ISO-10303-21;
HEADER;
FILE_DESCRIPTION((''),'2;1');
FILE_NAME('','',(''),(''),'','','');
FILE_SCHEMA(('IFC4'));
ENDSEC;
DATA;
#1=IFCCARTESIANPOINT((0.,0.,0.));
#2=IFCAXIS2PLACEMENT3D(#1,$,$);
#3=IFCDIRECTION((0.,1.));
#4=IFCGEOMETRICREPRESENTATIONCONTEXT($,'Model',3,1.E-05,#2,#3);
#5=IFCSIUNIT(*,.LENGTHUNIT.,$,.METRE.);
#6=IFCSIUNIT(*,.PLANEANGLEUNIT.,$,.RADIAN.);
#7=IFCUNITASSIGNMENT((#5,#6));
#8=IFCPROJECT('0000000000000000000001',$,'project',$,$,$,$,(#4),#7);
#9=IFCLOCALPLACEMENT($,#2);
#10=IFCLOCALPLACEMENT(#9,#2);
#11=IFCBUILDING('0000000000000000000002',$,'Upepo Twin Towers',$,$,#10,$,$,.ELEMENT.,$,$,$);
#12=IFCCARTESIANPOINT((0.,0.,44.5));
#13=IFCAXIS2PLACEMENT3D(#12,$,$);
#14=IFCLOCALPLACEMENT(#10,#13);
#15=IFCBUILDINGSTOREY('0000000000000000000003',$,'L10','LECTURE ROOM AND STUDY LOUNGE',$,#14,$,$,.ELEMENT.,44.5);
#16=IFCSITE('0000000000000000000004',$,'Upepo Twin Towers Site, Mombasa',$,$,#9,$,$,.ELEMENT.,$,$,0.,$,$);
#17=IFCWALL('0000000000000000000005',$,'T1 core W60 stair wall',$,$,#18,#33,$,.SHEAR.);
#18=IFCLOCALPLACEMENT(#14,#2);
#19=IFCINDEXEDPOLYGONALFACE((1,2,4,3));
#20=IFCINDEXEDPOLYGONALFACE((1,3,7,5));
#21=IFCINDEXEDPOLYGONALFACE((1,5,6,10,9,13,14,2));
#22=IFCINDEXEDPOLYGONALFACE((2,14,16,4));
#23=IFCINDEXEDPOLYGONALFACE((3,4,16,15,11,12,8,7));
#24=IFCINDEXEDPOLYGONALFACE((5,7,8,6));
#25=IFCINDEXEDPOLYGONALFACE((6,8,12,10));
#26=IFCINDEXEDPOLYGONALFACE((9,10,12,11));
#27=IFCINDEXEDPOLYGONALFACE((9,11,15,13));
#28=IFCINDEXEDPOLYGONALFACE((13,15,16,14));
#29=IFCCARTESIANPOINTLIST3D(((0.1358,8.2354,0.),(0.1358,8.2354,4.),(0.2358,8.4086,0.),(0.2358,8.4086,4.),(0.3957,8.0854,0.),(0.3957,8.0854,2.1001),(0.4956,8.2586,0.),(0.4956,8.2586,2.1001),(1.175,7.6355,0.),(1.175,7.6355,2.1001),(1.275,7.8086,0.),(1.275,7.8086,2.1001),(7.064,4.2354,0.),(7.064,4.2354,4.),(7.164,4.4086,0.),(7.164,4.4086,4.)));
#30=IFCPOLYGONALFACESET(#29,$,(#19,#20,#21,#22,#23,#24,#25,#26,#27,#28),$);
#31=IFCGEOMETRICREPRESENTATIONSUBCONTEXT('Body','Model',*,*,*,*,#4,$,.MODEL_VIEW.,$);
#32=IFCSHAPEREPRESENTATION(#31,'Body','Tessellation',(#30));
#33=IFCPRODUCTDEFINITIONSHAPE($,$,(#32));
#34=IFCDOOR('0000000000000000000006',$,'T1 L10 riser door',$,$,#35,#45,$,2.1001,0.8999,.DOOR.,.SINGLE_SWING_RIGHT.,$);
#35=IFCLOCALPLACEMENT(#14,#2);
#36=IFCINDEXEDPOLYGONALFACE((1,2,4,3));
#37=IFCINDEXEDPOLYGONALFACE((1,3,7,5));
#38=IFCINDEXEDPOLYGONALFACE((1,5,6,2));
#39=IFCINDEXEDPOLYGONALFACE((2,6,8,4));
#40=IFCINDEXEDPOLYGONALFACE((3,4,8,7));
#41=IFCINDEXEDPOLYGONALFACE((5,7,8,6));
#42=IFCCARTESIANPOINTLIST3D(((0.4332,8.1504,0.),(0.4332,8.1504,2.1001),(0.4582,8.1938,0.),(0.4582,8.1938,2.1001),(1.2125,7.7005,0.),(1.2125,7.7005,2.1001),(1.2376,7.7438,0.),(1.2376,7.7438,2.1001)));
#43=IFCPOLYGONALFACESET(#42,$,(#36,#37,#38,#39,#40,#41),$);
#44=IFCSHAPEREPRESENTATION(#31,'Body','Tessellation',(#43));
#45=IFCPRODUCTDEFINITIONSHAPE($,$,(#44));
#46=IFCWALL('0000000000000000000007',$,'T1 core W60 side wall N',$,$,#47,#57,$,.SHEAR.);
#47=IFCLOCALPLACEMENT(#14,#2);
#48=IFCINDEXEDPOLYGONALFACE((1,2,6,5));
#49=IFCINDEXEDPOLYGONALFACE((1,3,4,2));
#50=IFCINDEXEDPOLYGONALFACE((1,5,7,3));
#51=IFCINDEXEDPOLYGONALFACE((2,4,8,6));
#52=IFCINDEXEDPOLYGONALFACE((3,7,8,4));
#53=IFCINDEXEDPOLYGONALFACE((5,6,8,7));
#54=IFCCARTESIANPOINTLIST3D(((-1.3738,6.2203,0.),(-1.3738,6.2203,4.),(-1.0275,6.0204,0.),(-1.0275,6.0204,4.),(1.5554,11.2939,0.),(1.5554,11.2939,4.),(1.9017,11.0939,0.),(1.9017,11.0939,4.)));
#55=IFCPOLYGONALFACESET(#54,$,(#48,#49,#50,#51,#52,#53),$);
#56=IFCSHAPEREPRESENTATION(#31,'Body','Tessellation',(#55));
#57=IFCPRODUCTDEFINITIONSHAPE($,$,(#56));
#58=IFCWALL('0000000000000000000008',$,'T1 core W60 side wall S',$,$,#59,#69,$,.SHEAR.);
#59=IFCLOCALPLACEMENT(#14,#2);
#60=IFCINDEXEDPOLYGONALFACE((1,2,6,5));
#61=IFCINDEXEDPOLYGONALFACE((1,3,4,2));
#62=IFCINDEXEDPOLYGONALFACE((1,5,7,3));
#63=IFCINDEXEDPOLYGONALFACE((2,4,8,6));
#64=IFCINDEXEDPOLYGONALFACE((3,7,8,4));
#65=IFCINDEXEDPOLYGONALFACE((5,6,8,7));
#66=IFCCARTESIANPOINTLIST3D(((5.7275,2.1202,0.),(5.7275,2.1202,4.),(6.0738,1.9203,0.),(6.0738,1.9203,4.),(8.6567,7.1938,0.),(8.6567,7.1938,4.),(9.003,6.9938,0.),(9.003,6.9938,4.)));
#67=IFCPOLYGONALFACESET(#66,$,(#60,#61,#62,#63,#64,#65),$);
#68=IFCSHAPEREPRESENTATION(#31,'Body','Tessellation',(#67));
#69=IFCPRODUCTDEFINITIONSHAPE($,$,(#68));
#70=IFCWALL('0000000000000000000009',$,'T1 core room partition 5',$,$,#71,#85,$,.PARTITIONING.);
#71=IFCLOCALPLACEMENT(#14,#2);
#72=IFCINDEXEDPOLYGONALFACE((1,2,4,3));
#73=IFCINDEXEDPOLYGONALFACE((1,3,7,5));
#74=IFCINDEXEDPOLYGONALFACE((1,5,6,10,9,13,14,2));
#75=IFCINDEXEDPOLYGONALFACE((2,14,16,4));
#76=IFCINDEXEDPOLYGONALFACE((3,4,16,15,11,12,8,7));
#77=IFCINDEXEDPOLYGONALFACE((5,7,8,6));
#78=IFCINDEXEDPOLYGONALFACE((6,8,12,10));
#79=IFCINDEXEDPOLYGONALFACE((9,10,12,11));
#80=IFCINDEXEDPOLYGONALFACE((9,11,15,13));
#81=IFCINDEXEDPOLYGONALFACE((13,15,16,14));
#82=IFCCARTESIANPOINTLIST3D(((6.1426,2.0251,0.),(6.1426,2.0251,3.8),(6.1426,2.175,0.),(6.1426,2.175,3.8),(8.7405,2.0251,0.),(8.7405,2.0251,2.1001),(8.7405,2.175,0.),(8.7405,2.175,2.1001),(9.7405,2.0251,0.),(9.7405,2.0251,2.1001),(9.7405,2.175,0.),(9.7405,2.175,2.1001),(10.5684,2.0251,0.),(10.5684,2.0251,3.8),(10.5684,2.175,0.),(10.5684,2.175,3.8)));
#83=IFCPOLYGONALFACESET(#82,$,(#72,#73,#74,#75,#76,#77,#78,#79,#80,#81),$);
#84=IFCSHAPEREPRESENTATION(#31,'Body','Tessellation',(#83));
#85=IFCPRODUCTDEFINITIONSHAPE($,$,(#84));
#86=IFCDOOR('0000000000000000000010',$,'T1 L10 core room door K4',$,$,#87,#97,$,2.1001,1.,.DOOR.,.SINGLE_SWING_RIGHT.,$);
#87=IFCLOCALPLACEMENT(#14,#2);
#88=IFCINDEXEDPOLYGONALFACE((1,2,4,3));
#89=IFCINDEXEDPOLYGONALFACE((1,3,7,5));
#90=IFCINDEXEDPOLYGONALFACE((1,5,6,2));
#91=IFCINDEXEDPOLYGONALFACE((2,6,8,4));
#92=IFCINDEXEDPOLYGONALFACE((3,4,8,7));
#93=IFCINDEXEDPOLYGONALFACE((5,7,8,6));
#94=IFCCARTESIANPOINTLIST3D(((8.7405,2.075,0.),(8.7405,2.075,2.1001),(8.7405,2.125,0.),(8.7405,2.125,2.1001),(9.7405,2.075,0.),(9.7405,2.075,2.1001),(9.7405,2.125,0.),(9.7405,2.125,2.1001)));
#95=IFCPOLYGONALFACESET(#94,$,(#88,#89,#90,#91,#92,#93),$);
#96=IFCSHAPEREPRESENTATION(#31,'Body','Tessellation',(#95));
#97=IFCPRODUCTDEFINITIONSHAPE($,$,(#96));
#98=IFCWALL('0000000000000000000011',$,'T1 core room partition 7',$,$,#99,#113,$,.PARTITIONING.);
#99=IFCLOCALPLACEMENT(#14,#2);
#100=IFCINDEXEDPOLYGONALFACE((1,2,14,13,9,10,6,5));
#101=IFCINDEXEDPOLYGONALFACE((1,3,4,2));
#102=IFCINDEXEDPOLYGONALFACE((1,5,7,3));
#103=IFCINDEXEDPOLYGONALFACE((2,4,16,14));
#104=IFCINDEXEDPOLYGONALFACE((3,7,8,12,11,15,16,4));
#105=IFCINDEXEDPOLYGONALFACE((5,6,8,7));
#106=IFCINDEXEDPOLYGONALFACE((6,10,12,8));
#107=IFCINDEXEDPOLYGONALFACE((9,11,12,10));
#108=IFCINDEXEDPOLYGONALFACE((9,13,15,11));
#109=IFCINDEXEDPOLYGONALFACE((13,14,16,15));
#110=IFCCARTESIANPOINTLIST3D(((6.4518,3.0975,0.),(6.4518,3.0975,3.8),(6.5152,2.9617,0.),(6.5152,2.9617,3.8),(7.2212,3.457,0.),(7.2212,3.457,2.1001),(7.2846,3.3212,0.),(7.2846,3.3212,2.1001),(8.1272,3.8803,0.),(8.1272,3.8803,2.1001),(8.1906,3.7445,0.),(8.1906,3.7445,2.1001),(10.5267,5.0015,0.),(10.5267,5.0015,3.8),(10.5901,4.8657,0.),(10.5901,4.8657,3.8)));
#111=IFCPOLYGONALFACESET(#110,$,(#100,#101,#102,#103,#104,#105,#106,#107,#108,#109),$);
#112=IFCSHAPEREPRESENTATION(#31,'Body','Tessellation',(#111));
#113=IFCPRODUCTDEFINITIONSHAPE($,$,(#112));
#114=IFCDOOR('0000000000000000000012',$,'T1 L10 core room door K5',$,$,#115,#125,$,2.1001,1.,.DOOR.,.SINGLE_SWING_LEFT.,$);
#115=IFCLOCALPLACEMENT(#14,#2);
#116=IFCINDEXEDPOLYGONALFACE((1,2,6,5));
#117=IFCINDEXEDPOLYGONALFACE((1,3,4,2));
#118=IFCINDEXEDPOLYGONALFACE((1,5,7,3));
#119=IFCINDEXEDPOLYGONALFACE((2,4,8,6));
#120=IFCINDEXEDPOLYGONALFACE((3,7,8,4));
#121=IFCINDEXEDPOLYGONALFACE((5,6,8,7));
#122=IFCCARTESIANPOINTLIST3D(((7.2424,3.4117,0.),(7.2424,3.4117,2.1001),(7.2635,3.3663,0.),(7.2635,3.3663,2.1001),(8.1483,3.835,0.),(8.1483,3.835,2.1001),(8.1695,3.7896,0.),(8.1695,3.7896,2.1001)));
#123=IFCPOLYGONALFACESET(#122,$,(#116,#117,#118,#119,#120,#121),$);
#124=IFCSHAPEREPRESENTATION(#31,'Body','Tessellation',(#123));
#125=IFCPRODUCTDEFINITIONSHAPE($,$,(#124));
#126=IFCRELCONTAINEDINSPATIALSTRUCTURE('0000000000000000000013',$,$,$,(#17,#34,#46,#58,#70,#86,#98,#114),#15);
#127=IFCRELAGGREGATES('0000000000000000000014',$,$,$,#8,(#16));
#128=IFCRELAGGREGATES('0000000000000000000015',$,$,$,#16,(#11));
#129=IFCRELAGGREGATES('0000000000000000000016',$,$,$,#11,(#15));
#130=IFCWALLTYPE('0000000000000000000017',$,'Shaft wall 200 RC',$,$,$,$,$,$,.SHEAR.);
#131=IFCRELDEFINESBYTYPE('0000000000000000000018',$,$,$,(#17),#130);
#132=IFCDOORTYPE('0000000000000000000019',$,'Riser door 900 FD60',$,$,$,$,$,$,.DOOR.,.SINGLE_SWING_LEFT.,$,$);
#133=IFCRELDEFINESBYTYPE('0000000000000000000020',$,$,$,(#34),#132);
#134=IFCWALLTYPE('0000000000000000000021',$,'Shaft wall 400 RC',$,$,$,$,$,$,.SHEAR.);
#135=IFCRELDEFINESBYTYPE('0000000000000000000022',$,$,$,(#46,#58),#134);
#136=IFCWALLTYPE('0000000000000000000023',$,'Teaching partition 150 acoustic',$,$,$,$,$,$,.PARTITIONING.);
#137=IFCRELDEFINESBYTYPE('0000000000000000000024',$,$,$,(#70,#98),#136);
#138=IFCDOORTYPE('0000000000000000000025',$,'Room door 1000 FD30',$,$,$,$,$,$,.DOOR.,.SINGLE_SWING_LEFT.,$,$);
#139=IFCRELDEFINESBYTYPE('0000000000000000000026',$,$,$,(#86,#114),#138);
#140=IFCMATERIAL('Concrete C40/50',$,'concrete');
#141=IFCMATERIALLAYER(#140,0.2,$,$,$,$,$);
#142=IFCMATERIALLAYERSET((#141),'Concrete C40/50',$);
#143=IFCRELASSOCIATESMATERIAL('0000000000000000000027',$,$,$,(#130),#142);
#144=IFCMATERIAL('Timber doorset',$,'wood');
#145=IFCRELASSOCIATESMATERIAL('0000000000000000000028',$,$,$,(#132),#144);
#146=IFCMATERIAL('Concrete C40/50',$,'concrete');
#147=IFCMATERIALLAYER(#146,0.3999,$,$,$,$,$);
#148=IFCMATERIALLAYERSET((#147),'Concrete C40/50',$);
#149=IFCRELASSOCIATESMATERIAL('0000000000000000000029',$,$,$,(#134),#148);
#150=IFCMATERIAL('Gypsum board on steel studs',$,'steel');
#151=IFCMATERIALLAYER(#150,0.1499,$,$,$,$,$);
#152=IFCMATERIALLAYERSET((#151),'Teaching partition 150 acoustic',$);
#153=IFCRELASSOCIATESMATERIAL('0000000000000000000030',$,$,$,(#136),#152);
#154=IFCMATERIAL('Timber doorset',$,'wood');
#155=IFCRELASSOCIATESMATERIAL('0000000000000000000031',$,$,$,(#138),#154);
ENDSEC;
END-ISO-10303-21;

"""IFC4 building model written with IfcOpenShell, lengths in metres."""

from ifc_helpers import new_model, si_unit, direction, frame, frame_2d, origin, place, context, subcontext, project, spatial, rectangle, extrude, material, layer, layer_set, type_object, element, fill, save


model = new_model("IFC4")

# Units and contexts
model_context = context("Model", 3, precision=1e-05, world=origin(), true_north=direction((0.0, 1.0)))
body_context = subcontext(model_context, "Body", "Model", "MODEL_VIEW")
ifc_project = project(units=[si_unit("LENGTHUNIT", "METRE"), si_unit("PLANEANGLEUNIT", "RADIAN")], contexts=[model_context])

# Site, building, storey
site_placement = place(None, origin())
site = spatial("IfcSite", under=ifc_project, at=site_placement, Name="Upepo Twin Towers Site, Mombasa", CompositionType="ELEMENT", RefElevation=0.0)
building_placement = place(site_placement, origin())
building = spatial("IfcBuilding", under=site, at=building_placement, Name="Upepo Twin Towers", CompositionType="ELEMENT")
storey_placement = place(building_placement, frame((0.0, 0.0, 44.5)))
storey = spatial("IfcBuildingStorey", under=building, at=storey_placement, Name="L10", Description="LECTURE ROOM AND STUDY LOUNGE", CompositionType="ELEMENT", Elevation=44.5)

# Shared definitions
ifc_material_1 = material(Name="Concrete C40/50", Category="concrete")
ifc_layer_1 = layer(ifc_material_1, 0.2)
ifc_layer_set_1 = layer_set([ifc_layer_1], Name="Concrete C40/50")
wall_type_1 = type_object("IfcWallType", Name="Shaft wall 200 RC", PredefinedType="SHEAR", material=ifc_layer_set_1)

# Wall, opening, door
wall_1_placement = place(storey_placement, frame((7.114, 4.322, 0.0), z_axis=(0.0, 0.0, 1.0), x_axis=(-0.866026, 0.499999, 0.0)))
wall_1 = element("IfcWall", 1, at=wall_1_placement, inside=storey, type_object=wall_type_1, Name="T1 core W60 stair wall", PredefinedType="SHEAR", context=body_context, shape_type="SweptSolid", body=[
    extrude(rectangle(XDim=8.0, YDim=0.2, at=frame_2d((4.0, 0.0))), origin(), (0.0, 0.0, 1.0), 4.0),
])
opening_1_placement = place(wall_1_placement, frame((6.8, 0.0, 0.0)))
opening_1 = element("IfcOpeningElement", 2, at=opening_1_placement, cuts=wall_1, PredefinedType="OPENING", context=body_context, shape_type="SweptSolid", body=[
    extrude(rectangle(XDim=0.8999, YDim=2.1001, at=frame_2d((0.45, 1.05))), frame((0.0, 0.1099, 0.0), z_axis=(0.0, -1.0, 0.0), x_axis=(1.0, 0.0, 0.0)), (0.0, 0.0, 1.0), 0.22),
])
ifc_material_2 = material(Name="Timber doorset", Category="wood")
door_type_1 = type_object("IfcDoorType", Name="Riser door 900 FD60", OperationType="SINGLE_SWING_LEFT", PredefinedType="DOOR", material=ifc_material_2)
door_1_placement = place(opening_1_placement, origin())
door_1 = element("IfcDoor", 3, at=door_1_placement, inside=storey, type_object=door_type_1, Name="T1 L10 riser door", OperationType="SINGLE_SWING_RIGHT", OverallHeight=2.1001, OverallWidth=0.8999, PredefinedType="DOOR", context=body_context, shape_type="SweptSolid", body=[
    extrude(rectangle(XDim=0.8999, YDim=2.1001, at=frame_2d((0.45, 1.05))), frame((0.0, 0.0249, 0.0), z_axis=(0.0, -1.0, 0.0), x_axis=(1.0, 0.0, 0.0)), (0.0, 0.0, 1.0), 0.05),
])
fill(opening_1, door_1)

# Walls
ifc_material_3 = material(Name="Concrete C40/50", Category="concrete")
ifc_layer_2 = layer(ifc_material_3, 0.3999)
ifc_layer_set_2 = layer_set([ifc_layer_2], Name="Concrete C40/50")
wall_type_2 = type_object("IfcWallType", Name="Shaft wall 400 RC", PredefinedType="SHEAR", material=ifc_layer_set_2)
for number, where, z_axis, x_axis, name in (
    (4, (-1.2007, 6.1204, 0.0), (0.0, 0.0, 1.0), (0.500003, 0.866024, 0.0), "T1 core W60 side wall N"),
    (5, (5.9006, 2.0203, 0.0), (0.0, 0.0, 1.0), (0.500003, 0.866024, 0.0), "T1 core W60 side wall S"),
):
    element("IfcWall", number, at=place(storey_placement, frame(where, z_axis=z_axis, x_axis=x_axis)), inside=storey, type_object=wall_type_2, Name=name, PredefinedType="SHEAR", context=body_context, shape_type="SweptSolid", body=[
        extrude(rectangle(XDim=5.8584, YDim=0.3999, at=frame_2d((2.9292, 0.0))), origin(), (0.0, 0.0, 1.0), 4.0),
    ])

# Walls, openings, doors
ifc_material_4 = material(Name="Gypsum board on steel studs", Category="steel")
ifc_layer_3 = layer(ifc_material_4, 0.1499)
ifc_layer_set_3 = layer_set([ifc_layer_3], Name="Teaching partition 150 acoustic")
wall_type_3 = type_object("IfcWallType", Name="Teaching partition 150 acoustic", PredefinedType="PARTITIONING", material=ifc_layer_set_3)
wall_2_placement = place(storey_placement, frame((6.1426, 2.1001, 0.0), z_axis=(0.0, 0.0, 1.0), x_axis=(1.0, 0.0, 0.0)))
wall_2 = element("IfcWall", 6, at=wall_2_placement, inside=storey, type_object=wall_type_3, Name="T1 core room partition 5", PredefinedType="PARTITIONING", context=body_context, shape_type="SweptSolid", body=[
    extrude(rectangle(XDim=4.4258, YDim=0.1499, at=frame_2d((2.2129, 0.0))), origin(), (0.0, 0.0, 1.0), 3.8),
])
opening_2_placement = place(wall_2_placement, frame((2.5979, 0.0, 0.0)))
opening_2 = element("IfcOpeningElement", 7, at=opening_2_placement, cuts=wall_2, PredefinedType="OPENING", context=body_context, shape_type="SweptSolid", body=[
    extrude(rectangle(XDim=1.0, YDim=2.1001, at=frame_2d((0.5, 1.05))), frame((0.0, 0.085, 0.0), z_axis=(0.0, -1.0, 0.0), x_axis=(1.0, 0.0, 0.0)), (0.0, 0.0, 1.0), 0.1699),
])
ifc_material_5 = material(Name="Timber doorset", Category="wood")
door_type_2 = type_object("IfcDoorType", Name="Room door 1000 FD30", OperationType="SINGLE_SWING_LEFT", PredefinedType="DOOR", material=ifc_material_5)
door_2_placement = place(opening_2_placement, origin())
door_2 = element("IfcDoor", 8, at=door_2_placement, inside=storey, type_object=door_type_2, Name="T1 L10 core room door K4", OperationType="SINGLE_SWING_RIGHT", OverallHeight=2.1001, OverallWidth=1.0, PredefinedType="DOOR", context=body_context, shape_type="SweptSolid", body=[
    extrude(rectangle(XDim=1.0, YDim=2.1001, at=frame_2d((0.5, 1.05))), frame((0.0, 0.0249, 0.0), z_axis=(0.0, -1.0, 0.0), x_axis=(1.0, 0.0, 0.0)), (0.0, 0.0, 1.0), 0.05),
])
fill(opening_2, door_2)
wall_3_placement = place(storey_placement, frame((6.4834, 3.0295, 0.0), z_axis=(0.0, 0.0, 1.0), x_axis=(0.905978, 0.423325, 0.0)))
wall_3 = element("IfcWall", 9, at=wall_3_placement, inside=storey, type_object=wall_type_3, Name="T1 core room partition 7", PredefinedType="PARTITIONING", context=body_context, shape_type="SweptSolid", body=[
    extrude(rectangle(XDim=4.4978, YDim=0.1499, at=frame_2d((2.249, 0.0))), origin(), (0.0, 0.0, 1.0), 3.8),
])
opening_3_placement = place(wall_3_placement, frame((0.8494, 0.0, 0.0)))
opening_3 = element("IfcOpeningElement", 10, at=opening_3_placement, cuts=wall_3, PredefinedType="OPENING", context=body_context, shape_type="SweptSolid", body=[
    extrude(rectangle(XDim=1.0, YDim=2.1001, at=frame_2d((0.5, 1.05))), frame((0.0, 0.085, 0.0), z_axis=(0.0, -1.0, 0.0), x_axis=(1.0, 0.0, 0.0)), (0.0, 0.0, 1.0), 0.1699),
])
door_3_placement = place(opening_3_placement, origin())
door_3 = element("IfcDoor", 11, at=door_3_placement, inside=storey, type_object=door_type_2, Name="T1 L10 core room door K5", OperationType="SINGLE_SWING_LEFT", OverallHeight=2.1001, OverallWidth=1.0, PredefinedType="DOOR", context=body_context, shape_type="SweptSolid", body=[
    extrude(rectangle(XDim=1.0, YDim=2.1001, at=frame_2d((0.5, 1.05))), frame((0.0, 0.0249, 0.0), z_axis=(0.0, -1.0, 0.0), x_axis=(1.0, 0.0, 0.0)), (0.0, 0.0, 1.0), 0.05),
])
fill(opening_3, door_3)

save(model, "model.ifc")
